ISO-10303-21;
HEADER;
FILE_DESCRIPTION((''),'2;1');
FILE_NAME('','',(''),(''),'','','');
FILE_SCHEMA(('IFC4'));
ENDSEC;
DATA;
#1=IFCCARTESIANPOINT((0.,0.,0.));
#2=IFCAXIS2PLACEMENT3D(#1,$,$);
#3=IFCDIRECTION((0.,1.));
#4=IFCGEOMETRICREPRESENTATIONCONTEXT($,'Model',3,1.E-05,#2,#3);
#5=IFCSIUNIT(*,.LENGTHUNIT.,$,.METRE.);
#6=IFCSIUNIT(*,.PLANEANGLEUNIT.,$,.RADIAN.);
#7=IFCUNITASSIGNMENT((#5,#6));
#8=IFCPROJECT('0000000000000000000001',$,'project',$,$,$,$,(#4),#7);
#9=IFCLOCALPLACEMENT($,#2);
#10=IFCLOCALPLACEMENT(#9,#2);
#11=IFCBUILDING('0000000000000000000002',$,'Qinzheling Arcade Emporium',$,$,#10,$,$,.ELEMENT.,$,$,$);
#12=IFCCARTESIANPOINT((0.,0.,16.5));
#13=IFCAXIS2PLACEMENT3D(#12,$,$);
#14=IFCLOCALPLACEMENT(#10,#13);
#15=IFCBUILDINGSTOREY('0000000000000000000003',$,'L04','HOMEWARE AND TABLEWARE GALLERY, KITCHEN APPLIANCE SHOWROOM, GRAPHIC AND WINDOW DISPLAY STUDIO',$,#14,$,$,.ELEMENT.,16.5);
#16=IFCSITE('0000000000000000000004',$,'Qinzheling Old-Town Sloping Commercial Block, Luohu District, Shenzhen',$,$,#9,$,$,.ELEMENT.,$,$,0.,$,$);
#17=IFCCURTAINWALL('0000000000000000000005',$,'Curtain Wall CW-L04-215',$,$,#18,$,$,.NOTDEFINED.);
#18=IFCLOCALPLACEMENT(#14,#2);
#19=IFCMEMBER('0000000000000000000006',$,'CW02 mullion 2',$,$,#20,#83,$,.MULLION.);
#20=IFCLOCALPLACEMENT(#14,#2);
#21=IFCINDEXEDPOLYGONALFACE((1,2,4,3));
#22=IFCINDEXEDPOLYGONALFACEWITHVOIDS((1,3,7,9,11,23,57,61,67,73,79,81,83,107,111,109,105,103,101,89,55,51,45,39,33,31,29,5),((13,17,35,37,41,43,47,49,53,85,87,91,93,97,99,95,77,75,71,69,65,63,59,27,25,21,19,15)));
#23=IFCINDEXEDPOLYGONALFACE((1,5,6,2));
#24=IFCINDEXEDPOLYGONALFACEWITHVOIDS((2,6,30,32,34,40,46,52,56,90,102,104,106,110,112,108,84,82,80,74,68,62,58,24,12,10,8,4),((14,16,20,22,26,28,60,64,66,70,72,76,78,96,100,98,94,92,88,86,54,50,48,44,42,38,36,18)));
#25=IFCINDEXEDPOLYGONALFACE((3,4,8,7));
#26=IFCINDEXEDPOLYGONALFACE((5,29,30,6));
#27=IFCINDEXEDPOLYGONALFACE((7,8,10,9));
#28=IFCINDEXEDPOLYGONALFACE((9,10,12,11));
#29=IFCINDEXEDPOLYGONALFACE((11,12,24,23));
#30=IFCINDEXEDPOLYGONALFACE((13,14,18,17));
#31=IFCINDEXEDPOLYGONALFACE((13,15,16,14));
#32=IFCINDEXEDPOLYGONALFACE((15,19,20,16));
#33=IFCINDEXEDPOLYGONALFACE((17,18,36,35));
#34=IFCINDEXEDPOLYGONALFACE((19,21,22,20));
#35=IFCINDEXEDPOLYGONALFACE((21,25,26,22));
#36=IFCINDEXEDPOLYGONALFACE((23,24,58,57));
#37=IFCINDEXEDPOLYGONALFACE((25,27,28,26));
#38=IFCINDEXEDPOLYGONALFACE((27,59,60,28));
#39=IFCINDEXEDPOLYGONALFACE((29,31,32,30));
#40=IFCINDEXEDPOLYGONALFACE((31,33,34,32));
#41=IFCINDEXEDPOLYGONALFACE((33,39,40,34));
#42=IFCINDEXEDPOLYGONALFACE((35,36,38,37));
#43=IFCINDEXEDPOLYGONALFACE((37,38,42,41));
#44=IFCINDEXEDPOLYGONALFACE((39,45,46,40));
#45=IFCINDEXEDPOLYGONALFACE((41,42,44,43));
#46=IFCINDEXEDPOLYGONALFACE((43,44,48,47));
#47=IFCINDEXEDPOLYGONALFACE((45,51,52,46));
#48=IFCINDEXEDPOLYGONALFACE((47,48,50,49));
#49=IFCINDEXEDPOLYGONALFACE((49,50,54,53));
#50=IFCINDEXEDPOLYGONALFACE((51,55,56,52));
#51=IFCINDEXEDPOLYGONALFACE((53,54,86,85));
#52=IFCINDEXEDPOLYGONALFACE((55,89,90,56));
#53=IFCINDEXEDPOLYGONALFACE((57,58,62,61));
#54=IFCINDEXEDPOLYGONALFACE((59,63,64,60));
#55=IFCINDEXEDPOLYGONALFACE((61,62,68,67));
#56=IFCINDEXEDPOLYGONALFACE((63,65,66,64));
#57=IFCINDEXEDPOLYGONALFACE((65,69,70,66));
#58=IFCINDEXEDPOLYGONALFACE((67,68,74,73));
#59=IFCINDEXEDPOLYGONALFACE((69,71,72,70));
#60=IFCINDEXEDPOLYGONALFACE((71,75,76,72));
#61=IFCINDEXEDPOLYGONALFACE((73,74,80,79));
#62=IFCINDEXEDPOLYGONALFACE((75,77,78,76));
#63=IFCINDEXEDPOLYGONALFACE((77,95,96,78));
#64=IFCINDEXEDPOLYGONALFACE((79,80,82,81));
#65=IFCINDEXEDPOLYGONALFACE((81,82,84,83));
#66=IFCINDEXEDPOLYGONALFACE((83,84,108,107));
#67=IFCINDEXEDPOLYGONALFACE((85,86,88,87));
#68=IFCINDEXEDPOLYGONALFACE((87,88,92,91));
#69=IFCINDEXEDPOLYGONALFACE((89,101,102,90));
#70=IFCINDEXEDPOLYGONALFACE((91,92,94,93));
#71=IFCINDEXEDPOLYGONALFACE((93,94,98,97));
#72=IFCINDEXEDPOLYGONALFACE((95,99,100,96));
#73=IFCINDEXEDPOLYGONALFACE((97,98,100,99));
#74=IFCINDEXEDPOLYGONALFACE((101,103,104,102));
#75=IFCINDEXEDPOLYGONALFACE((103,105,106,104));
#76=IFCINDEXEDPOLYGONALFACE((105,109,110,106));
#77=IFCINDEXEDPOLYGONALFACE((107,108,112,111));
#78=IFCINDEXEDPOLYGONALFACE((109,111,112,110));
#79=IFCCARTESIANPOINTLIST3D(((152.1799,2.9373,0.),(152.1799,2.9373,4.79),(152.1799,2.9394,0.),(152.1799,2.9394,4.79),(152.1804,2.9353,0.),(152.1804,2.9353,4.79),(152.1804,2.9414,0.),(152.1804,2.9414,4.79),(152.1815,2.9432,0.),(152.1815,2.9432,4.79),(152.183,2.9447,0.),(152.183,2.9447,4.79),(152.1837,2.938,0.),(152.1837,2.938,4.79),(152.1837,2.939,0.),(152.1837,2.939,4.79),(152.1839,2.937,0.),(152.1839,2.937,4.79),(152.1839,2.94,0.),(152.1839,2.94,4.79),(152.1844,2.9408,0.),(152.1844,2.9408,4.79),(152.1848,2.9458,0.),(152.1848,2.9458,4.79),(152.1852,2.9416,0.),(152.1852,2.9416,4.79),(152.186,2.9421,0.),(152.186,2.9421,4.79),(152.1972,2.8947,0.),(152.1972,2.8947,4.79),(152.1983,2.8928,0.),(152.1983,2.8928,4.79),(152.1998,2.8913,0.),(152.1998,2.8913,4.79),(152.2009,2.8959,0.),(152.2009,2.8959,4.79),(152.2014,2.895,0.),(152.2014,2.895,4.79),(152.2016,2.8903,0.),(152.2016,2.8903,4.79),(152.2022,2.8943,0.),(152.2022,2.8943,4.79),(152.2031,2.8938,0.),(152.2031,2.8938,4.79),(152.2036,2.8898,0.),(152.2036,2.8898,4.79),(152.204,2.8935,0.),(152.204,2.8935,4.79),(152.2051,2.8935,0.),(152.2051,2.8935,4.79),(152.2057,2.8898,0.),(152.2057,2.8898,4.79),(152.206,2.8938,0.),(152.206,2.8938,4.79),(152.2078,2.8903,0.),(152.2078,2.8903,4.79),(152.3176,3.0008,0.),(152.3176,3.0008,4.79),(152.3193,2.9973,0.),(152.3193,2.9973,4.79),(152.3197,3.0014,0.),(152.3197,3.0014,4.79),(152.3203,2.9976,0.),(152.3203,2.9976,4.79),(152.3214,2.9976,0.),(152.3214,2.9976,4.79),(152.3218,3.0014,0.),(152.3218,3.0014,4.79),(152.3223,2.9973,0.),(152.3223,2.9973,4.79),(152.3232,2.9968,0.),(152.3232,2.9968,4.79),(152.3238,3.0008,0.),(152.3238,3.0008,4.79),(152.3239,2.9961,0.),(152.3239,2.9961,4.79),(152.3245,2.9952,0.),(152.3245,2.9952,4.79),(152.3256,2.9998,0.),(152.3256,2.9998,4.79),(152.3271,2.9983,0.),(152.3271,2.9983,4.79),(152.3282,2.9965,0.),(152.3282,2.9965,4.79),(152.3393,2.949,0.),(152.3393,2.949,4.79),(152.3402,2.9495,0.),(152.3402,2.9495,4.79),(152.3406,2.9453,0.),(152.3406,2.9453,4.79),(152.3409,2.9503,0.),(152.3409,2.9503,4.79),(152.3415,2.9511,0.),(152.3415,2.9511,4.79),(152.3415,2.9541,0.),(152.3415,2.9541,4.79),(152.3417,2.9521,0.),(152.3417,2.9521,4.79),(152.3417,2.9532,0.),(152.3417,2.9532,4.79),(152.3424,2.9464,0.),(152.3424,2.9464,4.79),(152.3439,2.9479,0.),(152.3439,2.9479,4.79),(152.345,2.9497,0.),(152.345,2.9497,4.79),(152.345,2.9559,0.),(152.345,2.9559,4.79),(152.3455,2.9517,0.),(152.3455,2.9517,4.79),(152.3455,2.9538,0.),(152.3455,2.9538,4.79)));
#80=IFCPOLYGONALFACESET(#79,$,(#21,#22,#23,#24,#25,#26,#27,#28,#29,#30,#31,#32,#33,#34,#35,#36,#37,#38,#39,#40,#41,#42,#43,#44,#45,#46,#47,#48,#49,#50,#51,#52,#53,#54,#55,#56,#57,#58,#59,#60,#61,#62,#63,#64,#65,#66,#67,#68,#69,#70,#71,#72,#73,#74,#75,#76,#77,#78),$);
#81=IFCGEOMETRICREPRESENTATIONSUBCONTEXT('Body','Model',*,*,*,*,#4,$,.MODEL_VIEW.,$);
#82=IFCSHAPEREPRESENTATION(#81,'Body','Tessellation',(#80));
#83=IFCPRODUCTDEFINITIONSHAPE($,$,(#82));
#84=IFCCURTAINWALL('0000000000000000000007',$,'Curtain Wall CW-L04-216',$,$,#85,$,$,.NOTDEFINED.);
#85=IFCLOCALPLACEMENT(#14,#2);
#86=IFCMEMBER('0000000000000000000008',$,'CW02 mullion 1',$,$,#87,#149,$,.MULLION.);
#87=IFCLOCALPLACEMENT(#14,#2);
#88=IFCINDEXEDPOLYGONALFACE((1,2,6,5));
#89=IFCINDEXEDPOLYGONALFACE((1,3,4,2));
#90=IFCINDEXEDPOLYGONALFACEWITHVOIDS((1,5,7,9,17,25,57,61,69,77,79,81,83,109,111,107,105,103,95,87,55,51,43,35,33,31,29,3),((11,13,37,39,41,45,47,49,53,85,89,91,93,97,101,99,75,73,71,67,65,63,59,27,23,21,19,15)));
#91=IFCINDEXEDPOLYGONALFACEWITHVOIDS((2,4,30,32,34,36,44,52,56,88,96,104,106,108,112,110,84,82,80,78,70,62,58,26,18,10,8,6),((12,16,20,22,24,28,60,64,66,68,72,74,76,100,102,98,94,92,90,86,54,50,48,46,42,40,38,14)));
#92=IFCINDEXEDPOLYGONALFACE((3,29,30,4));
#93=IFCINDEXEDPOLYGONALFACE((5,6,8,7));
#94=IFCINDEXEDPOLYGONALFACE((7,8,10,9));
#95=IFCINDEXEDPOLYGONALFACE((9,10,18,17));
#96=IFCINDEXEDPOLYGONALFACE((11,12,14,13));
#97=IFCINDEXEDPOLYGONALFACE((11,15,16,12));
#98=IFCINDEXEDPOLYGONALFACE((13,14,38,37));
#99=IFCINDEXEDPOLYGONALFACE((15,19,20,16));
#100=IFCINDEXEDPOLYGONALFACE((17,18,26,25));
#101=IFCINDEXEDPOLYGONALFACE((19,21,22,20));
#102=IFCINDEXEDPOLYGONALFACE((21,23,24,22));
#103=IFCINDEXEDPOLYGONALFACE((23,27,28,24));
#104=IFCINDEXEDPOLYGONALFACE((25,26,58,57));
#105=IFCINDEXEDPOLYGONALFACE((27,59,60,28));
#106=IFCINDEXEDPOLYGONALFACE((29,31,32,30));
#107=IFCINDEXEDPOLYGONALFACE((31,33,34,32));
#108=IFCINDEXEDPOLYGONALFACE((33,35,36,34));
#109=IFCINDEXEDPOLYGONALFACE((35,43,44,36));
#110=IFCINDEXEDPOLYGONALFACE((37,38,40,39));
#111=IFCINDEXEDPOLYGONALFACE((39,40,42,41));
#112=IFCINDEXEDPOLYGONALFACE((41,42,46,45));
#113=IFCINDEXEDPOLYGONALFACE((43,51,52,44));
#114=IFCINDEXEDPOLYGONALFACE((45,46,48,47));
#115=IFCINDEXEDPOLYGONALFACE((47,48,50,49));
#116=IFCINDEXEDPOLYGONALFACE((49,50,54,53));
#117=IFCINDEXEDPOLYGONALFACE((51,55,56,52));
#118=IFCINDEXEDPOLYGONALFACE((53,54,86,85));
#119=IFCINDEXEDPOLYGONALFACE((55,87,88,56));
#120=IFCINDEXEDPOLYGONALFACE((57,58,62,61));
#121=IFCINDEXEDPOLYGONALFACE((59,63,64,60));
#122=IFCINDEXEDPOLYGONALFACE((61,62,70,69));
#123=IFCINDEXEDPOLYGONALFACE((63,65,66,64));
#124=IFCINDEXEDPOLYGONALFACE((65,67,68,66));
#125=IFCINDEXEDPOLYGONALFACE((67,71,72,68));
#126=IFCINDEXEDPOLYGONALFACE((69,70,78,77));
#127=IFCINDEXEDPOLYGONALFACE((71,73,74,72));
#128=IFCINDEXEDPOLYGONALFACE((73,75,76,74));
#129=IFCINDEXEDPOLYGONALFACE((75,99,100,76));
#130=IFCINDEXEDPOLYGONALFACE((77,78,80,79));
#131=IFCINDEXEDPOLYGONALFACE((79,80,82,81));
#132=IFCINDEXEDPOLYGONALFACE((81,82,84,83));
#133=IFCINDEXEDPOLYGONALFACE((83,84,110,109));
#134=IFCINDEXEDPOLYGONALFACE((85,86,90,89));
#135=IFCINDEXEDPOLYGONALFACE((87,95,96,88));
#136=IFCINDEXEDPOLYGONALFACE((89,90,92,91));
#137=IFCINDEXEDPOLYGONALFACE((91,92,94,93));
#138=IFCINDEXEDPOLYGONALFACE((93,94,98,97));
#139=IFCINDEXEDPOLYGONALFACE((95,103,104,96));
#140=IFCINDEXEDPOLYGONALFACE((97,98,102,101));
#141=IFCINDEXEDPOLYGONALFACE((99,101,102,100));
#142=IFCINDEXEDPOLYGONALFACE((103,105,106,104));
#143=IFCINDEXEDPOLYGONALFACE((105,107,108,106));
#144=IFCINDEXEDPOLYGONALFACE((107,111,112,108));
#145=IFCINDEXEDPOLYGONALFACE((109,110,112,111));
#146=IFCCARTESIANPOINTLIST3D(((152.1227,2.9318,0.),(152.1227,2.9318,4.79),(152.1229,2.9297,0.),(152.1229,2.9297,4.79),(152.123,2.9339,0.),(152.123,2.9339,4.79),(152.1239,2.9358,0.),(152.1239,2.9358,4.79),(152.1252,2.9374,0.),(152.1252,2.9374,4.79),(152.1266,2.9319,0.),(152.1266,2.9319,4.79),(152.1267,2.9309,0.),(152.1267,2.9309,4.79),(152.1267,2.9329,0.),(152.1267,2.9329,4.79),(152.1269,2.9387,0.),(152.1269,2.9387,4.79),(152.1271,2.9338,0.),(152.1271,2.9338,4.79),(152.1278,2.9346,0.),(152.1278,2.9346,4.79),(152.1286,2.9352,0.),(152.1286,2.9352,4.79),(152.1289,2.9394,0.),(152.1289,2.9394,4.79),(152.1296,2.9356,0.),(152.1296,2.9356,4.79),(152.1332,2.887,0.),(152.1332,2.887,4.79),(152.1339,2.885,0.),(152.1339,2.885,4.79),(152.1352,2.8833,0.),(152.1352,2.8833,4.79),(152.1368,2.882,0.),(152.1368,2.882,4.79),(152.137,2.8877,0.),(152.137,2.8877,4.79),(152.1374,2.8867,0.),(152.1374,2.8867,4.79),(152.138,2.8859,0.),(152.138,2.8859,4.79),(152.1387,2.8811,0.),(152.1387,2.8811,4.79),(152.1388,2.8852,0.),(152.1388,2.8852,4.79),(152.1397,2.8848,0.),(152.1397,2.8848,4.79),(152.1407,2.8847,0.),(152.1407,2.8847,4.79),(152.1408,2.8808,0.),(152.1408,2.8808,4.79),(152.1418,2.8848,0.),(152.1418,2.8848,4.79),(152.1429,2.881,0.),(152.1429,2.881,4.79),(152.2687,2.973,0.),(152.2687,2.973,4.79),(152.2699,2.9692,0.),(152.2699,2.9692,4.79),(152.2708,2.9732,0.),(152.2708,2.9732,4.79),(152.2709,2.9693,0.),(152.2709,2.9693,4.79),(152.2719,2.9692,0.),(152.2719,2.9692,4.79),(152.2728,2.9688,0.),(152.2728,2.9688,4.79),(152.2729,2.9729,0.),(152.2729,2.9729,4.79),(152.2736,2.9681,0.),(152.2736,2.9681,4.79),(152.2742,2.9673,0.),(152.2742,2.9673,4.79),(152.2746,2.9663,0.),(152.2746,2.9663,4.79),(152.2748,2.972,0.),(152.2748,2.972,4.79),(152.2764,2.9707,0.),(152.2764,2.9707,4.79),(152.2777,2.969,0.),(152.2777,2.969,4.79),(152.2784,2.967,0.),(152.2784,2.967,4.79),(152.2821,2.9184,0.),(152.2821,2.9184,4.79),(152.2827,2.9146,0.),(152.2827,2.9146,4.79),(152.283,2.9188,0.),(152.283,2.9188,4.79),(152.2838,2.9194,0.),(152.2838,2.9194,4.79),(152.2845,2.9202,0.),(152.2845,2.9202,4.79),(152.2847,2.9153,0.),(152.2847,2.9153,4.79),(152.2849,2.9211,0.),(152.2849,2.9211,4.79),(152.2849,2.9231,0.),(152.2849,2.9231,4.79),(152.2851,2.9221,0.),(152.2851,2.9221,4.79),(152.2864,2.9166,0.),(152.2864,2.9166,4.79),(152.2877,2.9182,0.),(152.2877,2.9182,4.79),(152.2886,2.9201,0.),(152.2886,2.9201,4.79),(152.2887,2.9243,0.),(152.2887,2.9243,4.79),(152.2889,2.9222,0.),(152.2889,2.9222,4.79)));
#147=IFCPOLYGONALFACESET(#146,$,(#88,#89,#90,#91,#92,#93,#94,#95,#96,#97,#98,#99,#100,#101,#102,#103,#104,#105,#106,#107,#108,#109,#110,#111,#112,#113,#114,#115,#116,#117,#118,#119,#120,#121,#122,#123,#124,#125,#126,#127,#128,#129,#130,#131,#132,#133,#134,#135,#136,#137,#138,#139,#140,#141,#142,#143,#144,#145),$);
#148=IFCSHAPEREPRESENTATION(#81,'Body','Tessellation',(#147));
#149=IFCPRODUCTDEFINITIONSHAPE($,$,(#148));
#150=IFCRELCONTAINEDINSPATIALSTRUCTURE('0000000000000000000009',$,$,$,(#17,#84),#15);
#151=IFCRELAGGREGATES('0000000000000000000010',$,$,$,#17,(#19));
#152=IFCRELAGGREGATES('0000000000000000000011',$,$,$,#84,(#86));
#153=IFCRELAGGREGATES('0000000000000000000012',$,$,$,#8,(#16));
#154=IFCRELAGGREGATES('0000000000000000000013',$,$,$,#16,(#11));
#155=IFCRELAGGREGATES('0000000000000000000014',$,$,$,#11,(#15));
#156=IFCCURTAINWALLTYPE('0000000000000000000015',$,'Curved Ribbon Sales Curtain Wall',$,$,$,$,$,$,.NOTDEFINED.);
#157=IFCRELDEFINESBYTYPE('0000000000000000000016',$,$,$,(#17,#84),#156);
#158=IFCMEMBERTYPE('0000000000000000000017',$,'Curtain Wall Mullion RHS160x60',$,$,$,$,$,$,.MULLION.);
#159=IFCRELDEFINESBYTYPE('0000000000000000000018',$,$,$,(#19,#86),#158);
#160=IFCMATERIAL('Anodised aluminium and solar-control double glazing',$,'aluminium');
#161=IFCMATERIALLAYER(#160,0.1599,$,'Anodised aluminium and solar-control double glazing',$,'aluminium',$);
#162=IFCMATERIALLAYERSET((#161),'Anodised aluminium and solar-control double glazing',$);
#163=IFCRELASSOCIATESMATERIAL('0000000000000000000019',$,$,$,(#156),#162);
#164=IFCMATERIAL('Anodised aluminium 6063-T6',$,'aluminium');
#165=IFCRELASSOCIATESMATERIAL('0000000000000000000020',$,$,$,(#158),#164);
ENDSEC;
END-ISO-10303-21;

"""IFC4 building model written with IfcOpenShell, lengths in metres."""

from ifc_helpers import new_model, si_unit, direction, frame, origin, origin_2d, place, context, subcontext, project, spatial, hollow_rectangle, extrude, material, layer, layer_set, material_profile, profile_set, type_object, element, aggregate, save


model = new_model("IFC4")

# Units and contexts
model_context = context("Model", 3, precision=1e-05, world=origin(), true_north=direction((0.0, 1.0)))
body_context = subcontext(model_context, "Body", "Model", "MODEL_VIEW")
ifc_project = project(units=[si_unit("LENGTHUNIT", "METRE"), si_unit("PLANEANGLEUNIT", "RADIAN")], contexts=[model_context])

# Site, building, storey
site_placement = place(None, origin())
site = spatial("IfcSite", under=ifc_project, at=site_placement, Name="Qinzheling Old-Town Sloping Commercial Block, Luohu District, Shenzhen", CompositionType="ELEMENT", RefElevation=0.0)
building_placement = place(site_placement, origin())
building = spatial("IfcBuilding", under=site, at=building_placement, Name="Qinzheling Arcade Emporium", CompositionType="ELEMENT")
storey_placement = place(building_placement, frame((0.0, 0.0, 16.5)))
storey = spatial("IfcBuildingStorey", under=building, at=storey_placement, Name="L04", Description="HOMEWARE AND TABLEWARE GALLERY, KITCHEN APPLIANCE SHOWROOM, GRAPHIC AND WINDOW DISPLAY STUDIO", CompositionType="ELEMENT", Elevation=16.5)

# Curtain wall, member
ifc_material_1 = material(Name="Anodised aluminium and solar-control double glazing", Category="aluminium")
ifc_layer_1 = layer(ifc_material_1, 0.1599, Name="Anodised aluminium and solar-control double glazing", Category="aluminium")
ifc_layer_set_1 = layer_set([ifc_layer_1], Name="Anodised aluminium and solar-control double glazing")
curtain_wall_type = type_object("IfcCurtainWallType", Name="Curved Ribbon Sales Curtain Wall", PredefinedType="NOTDEFINED", material=ifc_layer_set_1)
curtain_wall_1_placement = place(storey_placement, origin())
curtain_wall_1 = element("IfcCurtainWall", 1, at=curtain_wall_1_placement, inside=storey, type_object=curtain_wall_type, Name="Curtain Wall CW-L04-215", PredefinedType="NOTDEFINED")
ifc_material_2 = material(Name="Anodised aluminium 6063-T6", Category="aluminium")
ifc_material_profile_1 = material_profile(ifc_material_2, hollow_rectangle(XDim=0.0601, YDim=0.1599, WallThickness=0.0039, InnerFilletRadius=0.0039, OuterFilletRadius=0.0081, at=origin_2d()), Name="RHS 160x60x4", Category="aluminium")
ifc_profile_set_1 = profile_set([ifc_material_profile_1], Name="Anodised aluminium 6063-T6")
member_type_1 = type_object("IfcMemberType", Name="Curtain Wall Mullion RHS160x60", PredefinedType="MULLION", material=ifc_profile_set_1)
member_1_placement = place(storey_placement, frame((152.2627, 2.9456, 0.0), z_axis=(0.0, 0.0, 1.0), x_axis=(0.382714, -0.923867, 0.0)))
member_1 = element("IfcMember", 2, at=member_1_placement, type_object=member_type_1, Name="CW02 mullion 2", PredefinedType="MULLION", context=body_context, shape_type="SweptSolid", body=[
    extrude(hollow_rectangle(XDim=0.0601, YDim=0.1599, WallThickness=0.0039, InnerFilletRadius=0.0039, OuterFilletRadius=0.0081, at=origin_2d()), origin(), (0.0, 0.0, 1.0), 4.79),
])
aggregate(curtain_wall_1, [member_1])

# Curtain wall, member
curtain_wall_2_placement = place(storey_placement, origin())
curtain_wall_2 = element("IfcCurtainWall", 3, at=curtain_wall_2_placement, inside=storey, type_object=curtain_wall_type, Name="Curtain Wall CW-L04-216", PredefinedType="NOTDEFINED")
member_2_placement = place(storey_placement, frame((152.2058, 2.927, 0.0), z_axis=(0.0, 0.0, 1.0), x_axis=(0.233325, -0.972399, 0.0)))
member_2 = element("IfcMember", 4, at=member_2_placement, type_object=member_type_1, Name="CW02 mullion 1", PredefinedType="MULLION", context=body_context, shape_type="SweptSolid", body=[
    extrude(hollow_rectangle(XDim=0.0601, YDim=0.1599, WallThickness=0.0039, InnerFilletRadius=0.0039, OuterFilletRadius=0.0081, at=origin_2d()), origin(), (0.0, 0.0, 1.0), 4.79),
])
aggregate(curtain_wall_2, [member_2])

save(model, "model.ifc")
